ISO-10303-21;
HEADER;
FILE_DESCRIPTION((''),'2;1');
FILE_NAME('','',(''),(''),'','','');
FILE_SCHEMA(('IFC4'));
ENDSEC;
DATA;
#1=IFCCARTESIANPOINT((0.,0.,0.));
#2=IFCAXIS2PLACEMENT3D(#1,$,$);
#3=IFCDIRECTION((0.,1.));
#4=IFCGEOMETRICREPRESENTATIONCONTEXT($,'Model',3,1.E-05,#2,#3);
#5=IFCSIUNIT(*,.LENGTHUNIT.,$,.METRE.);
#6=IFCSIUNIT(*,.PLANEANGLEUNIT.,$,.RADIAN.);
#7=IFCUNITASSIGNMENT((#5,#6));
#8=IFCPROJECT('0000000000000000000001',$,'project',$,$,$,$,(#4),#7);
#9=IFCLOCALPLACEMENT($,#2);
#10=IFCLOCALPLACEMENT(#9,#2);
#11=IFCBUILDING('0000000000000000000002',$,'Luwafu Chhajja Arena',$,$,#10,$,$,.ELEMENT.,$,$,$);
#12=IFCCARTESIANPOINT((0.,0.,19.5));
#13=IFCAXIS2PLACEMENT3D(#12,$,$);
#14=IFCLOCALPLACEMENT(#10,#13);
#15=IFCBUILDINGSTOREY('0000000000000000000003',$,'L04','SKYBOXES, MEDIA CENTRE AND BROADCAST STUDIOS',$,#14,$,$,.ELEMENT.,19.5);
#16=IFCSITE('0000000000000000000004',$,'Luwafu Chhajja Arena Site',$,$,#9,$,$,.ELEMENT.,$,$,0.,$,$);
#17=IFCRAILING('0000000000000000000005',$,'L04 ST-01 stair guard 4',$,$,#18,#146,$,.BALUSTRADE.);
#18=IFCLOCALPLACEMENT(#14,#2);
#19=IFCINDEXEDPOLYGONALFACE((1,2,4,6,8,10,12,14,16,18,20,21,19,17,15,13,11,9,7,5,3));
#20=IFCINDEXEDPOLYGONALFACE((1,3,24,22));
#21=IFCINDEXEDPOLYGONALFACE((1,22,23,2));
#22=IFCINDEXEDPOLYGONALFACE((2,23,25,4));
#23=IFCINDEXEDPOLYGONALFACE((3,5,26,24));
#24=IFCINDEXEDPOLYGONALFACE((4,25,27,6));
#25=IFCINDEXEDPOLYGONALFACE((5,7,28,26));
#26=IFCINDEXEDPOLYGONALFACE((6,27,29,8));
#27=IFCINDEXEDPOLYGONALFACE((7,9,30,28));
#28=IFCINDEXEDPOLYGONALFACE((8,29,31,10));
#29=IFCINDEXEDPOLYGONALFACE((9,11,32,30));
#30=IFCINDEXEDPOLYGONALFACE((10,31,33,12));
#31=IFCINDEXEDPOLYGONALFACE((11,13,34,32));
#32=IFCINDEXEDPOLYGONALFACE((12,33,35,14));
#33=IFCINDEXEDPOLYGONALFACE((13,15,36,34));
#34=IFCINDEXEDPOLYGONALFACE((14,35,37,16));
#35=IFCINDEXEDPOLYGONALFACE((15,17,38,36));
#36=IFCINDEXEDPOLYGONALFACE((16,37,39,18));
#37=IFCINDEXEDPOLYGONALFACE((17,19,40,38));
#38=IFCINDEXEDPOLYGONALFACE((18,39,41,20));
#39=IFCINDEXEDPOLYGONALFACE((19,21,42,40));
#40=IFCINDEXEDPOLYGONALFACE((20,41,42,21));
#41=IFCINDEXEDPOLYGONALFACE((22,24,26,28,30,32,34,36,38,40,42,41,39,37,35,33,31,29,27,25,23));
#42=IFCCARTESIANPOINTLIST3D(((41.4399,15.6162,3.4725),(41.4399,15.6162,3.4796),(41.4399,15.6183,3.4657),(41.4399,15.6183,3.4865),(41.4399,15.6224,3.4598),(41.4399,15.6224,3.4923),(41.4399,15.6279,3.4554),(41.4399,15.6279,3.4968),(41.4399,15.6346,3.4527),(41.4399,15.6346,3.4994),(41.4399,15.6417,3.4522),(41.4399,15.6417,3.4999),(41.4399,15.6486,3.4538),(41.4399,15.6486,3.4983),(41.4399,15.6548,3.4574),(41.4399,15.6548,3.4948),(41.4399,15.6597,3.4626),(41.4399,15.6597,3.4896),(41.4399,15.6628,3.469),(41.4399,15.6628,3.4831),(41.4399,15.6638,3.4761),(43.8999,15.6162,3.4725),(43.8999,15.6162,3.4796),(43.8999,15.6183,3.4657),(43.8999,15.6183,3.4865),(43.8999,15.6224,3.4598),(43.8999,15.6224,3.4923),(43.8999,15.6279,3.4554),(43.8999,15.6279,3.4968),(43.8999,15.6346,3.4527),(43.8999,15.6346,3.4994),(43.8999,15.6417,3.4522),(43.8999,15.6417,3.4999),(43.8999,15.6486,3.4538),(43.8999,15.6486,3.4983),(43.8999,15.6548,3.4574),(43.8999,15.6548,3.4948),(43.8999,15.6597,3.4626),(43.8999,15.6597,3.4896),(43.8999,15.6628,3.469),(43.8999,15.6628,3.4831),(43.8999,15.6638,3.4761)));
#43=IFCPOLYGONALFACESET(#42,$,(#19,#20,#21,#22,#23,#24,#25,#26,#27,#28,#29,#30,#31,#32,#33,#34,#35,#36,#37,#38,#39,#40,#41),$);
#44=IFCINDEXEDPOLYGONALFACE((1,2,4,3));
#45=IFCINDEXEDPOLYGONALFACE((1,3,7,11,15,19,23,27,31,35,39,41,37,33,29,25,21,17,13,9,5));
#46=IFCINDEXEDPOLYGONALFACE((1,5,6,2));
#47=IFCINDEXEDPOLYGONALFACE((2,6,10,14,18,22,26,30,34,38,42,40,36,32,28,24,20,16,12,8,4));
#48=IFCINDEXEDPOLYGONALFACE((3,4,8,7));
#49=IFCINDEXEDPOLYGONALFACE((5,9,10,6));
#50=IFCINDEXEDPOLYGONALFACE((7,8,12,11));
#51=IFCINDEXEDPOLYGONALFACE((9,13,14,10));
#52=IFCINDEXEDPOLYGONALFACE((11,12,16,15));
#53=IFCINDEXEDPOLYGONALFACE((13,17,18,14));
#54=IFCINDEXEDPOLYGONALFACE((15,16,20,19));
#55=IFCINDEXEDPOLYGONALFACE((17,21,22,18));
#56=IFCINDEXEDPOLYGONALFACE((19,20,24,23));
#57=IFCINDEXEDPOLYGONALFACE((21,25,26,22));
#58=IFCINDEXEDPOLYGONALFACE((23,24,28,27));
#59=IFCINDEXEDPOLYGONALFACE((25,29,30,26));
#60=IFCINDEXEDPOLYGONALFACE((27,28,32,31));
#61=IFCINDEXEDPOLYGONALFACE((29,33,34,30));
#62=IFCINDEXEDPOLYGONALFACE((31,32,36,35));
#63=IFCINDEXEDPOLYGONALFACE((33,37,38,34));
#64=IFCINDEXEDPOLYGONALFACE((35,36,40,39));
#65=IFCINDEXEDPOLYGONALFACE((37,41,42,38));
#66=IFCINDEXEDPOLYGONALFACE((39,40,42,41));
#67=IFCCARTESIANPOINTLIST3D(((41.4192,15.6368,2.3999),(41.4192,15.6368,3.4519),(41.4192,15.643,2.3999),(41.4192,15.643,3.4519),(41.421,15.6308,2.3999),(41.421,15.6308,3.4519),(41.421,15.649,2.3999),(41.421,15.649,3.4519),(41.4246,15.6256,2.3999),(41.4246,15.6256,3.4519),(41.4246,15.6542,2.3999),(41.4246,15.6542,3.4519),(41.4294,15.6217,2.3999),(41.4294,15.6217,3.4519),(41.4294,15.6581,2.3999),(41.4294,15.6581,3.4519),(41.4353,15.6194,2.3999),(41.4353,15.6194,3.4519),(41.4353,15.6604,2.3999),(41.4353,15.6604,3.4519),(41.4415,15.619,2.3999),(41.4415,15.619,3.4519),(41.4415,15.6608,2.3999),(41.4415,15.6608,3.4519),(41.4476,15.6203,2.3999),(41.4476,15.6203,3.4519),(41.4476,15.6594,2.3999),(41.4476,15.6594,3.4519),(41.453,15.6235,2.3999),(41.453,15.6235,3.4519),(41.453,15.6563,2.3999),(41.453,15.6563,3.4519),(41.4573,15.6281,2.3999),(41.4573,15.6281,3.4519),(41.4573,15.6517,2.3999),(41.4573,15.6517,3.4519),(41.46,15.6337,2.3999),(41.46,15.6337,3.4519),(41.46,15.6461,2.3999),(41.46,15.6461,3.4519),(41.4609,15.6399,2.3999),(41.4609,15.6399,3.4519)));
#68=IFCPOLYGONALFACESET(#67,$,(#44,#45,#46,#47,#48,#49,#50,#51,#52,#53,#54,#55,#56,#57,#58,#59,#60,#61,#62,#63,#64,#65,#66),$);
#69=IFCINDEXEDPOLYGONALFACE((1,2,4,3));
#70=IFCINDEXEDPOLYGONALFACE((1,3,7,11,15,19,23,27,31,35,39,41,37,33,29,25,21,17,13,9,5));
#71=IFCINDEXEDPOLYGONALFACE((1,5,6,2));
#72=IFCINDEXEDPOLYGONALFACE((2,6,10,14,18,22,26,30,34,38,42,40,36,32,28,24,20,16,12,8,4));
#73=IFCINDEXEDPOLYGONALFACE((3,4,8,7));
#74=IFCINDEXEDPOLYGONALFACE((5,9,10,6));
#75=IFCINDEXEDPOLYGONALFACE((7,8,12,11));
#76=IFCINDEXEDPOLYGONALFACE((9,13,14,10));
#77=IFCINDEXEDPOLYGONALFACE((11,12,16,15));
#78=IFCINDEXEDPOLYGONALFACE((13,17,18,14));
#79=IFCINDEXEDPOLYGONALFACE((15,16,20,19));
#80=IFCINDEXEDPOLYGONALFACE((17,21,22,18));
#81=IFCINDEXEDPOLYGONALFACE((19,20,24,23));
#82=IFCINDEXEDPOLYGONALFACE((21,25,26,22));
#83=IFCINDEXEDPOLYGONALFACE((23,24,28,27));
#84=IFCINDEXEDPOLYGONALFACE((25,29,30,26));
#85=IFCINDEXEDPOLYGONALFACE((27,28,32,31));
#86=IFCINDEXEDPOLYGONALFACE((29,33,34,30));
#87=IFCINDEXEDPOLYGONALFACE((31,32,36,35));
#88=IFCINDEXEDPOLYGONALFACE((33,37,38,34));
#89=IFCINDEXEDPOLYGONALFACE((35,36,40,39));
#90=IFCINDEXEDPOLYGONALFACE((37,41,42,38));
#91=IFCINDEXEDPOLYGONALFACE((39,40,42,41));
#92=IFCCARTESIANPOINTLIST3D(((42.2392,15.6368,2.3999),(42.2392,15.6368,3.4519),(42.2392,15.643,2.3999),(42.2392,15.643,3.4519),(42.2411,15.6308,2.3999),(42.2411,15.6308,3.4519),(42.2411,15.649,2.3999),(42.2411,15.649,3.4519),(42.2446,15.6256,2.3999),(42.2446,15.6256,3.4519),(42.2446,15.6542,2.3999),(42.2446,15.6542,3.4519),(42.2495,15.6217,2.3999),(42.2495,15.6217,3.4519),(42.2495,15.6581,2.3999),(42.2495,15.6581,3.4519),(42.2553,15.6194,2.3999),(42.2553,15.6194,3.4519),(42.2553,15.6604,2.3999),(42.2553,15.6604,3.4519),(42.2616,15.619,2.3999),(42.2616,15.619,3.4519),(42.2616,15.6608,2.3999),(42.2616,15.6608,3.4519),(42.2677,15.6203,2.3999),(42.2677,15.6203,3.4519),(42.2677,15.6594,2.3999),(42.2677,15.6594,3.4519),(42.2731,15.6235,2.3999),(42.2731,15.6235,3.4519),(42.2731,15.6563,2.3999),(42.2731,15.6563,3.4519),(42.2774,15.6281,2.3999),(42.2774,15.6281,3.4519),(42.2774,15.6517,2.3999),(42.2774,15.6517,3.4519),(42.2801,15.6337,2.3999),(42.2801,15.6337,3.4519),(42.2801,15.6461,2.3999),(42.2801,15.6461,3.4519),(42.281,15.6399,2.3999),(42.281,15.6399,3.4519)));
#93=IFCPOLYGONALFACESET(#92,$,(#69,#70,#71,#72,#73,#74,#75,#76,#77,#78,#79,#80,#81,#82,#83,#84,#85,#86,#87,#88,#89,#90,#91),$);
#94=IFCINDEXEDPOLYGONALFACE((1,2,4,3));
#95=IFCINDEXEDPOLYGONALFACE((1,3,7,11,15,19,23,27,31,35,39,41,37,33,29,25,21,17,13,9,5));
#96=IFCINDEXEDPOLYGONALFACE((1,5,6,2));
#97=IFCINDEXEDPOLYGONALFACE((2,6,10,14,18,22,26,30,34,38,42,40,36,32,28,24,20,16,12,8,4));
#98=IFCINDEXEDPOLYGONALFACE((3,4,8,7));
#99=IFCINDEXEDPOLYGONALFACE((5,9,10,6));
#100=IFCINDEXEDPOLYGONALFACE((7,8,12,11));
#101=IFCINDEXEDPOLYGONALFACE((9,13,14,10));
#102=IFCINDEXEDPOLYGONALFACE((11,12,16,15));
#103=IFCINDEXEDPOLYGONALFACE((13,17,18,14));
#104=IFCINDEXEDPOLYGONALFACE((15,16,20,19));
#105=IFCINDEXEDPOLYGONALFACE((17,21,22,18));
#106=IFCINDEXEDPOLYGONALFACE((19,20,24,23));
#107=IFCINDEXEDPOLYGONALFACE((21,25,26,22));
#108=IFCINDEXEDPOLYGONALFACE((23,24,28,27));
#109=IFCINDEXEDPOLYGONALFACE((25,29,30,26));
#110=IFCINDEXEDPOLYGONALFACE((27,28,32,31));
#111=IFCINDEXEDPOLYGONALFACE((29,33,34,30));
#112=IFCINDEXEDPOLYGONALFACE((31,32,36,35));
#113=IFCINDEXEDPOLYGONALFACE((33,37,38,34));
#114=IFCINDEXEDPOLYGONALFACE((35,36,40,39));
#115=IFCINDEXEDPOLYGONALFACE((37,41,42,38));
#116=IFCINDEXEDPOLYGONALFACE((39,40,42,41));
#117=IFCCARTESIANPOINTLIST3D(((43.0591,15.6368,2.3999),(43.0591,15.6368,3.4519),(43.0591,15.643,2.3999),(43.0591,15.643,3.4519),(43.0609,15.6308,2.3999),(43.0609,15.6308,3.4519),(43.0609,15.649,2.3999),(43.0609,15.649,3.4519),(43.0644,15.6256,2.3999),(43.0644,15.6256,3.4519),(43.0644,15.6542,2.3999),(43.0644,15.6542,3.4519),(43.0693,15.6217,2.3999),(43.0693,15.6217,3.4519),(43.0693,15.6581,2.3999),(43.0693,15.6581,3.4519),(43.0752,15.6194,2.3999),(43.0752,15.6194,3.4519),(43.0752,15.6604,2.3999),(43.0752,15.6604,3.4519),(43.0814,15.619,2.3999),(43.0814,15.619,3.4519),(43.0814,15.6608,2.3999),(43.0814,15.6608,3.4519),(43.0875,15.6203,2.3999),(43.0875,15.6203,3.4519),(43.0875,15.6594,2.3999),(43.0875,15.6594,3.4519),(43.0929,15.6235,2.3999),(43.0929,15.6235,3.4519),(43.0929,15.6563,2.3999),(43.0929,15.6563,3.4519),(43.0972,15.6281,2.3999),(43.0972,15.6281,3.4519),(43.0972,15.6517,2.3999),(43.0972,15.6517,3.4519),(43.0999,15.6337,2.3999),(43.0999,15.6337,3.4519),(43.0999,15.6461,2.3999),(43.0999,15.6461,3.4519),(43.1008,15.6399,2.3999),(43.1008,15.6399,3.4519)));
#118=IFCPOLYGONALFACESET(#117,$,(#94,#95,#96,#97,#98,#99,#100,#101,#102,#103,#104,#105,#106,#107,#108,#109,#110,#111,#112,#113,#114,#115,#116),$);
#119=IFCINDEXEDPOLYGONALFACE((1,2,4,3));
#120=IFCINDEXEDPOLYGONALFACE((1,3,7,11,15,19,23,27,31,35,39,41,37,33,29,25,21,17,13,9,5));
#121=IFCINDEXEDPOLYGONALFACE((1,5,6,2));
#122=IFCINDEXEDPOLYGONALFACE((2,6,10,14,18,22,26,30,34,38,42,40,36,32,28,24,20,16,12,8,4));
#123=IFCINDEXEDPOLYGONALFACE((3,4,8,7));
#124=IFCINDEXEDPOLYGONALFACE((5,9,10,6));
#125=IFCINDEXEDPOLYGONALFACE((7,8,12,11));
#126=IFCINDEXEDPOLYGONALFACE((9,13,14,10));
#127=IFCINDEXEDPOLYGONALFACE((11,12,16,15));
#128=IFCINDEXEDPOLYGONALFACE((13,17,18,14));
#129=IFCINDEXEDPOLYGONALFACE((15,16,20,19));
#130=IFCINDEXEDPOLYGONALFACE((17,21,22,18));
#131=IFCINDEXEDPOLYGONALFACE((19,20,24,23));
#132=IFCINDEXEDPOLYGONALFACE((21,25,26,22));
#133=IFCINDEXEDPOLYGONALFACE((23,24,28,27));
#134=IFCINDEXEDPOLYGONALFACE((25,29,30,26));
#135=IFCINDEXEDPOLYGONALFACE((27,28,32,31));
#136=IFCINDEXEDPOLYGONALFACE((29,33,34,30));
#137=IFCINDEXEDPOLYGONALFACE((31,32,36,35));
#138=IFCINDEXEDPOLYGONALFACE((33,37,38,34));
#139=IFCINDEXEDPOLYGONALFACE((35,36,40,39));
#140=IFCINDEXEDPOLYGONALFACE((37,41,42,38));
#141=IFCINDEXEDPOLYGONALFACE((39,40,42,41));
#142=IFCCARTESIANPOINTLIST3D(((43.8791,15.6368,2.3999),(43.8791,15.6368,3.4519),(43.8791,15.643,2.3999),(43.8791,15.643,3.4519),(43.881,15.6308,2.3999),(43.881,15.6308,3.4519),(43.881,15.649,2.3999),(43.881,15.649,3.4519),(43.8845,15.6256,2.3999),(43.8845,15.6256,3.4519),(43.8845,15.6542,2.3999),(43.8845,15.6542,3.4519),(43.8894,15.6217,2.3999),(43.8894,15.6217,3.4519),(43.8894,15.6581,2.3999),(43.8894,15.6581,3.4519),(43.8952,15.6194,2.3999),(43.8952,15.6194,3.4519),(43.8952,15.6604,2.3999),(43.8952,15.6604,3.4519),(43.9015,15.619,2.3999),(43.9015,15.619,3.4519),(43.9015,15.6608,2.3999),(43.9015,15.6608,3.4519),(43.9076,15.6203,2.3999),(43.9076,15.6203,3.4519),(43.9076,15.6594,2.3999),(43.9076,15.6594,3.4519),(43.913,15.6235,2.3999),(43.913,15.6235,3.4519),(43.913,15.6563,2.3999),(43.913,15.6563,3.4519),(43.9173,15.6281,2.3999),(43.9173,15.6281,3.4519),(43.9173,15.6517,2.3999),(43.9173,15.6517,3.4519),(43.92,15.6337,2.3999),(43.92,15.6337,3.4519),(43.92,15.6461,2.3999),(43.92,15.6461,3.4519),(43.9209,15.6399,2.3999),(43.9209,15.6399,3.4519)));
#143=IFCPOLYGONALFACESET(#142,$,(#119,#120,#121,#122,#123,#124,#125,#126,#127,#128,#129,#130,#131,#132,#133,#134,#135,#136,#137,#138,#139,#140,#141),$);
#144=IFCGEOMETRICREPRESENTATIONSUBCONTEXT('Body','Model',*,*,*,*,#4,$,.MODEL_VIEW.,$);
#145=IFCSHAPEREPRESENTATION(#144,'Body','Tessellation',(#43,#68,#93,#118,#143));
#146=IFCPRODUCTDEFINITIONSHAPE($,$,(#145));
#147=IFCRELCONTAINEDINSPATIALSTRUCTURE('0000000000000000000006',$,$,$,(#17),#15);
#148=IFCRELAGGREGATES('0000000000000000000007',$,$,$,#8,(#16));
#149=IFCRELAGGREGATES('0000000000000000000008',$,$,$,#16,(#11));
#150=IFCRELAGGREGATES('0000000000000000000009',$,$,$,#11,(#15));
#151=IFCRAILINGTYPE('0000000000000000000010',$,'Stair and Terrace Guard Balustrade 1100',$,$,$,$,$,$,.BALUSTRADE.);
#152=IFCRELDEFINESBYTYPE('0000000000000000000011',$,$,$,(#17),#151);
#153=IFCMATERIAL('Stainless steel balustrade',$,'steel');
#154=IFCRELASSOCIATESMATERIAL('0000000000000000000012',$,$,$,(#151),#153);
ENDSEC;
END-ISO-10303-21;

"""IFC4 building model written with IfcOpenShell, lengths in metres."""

from ifc_helpers import new_model, si_unit, direction, frame, origin, origin_2d, place, context, subcontext, project, spatial, circle, extrude, material, type_object, element, save


model = new_model("IFC4")

# Units and contexts
model_context = context("Model", 3, precision=1e-05, world=origin(), true_north=direction((0.0, 1.0)))
body_context = subcontext(model_context, "Body", "Model", "MODEL_VIEW")
ifc_project = project(units=[si_unit("LENGTHUNIT", "METRE"), si_unit("PLANEANGLEUNIT", "RADIAN")], contexts=[model_context])

# Site, building, storey
site_placement = place(None, origin())
site = spatial("IfcSite", under=ifc_project, at=site_placement, Name="Luwafu Chhajja Arena Site", CompositionType="ELEMENT", RefElevation=0.0)
building_placement = place(site_placement, origin())
building = spatial("IfcBuilding", under=site, at=building_placement, Name="Luwafu Chhajja Arena", CompositionType="ELEMENT")
storey_placement = place(building_placement, frame((0.0, 0.0, 19.5)))
storey = spatial("IfcBuildingStorey", under=building, at=storey_placement, Name="L04", Description="SKYBOXES, MEDIA CENTRE AND BROADCAST STUDIOS", CompositionType="ELEMENT", Elevation=19.5)

# Railing
ifc_material_1 = material(Name="Stainless steel balustrade", Category="steel")
railing_type_1 = type_object("IfcRailingType", Name="Stair and Terrace Guard Balustrade 1100", PredefinedType="BALUSTRADE", material=ifc_material_1)
for number, where, name in (
    (1, (41.4399, 15.6399, 2.3999), "L04 ST-01 stair guard 4"),
):
    element("IfcRailing", number, at=place(storey_placement, frame(where)), inside=storey, type_object=railing_type_1, Name=name, PredefinedType="BALUSTRADE", context=body_context, shape_type="SweptSolid", body=[
        extrude(circle(Radius=0.0239, at=origin_2d()), frame((0.0, 0.0, 1.0762), z_axis=(1.0, 0.0, 0.0), x_axis=(0.0, 1.0, 0.0)), (0.0, 0.0, 1.0), 2.46),
        extrude(circle(Radius=0.021, at=origin_2d()), origin(), (0.0, 0.0, 1.0), 1.052),
        extrude(circle(Radius=0.021, at=origin_2d()), frame((0.8201, 0.0, 0.0)), (0.0, 0.0, 1.0), 1.052),
        extrude(circle(Radius=0.021, at=origin_2d()), frame((1.6399, 0.0, 0.0)), (0.0, 0.0, 1.0), 1.052),
        extrude(circle(Radius=0.021, at=origin_2d()), frame((2.46, 0.0, 0.0)), (0.0, 0.0, 1.0), 1.052),
    ])

save(model, "model.ifc")
